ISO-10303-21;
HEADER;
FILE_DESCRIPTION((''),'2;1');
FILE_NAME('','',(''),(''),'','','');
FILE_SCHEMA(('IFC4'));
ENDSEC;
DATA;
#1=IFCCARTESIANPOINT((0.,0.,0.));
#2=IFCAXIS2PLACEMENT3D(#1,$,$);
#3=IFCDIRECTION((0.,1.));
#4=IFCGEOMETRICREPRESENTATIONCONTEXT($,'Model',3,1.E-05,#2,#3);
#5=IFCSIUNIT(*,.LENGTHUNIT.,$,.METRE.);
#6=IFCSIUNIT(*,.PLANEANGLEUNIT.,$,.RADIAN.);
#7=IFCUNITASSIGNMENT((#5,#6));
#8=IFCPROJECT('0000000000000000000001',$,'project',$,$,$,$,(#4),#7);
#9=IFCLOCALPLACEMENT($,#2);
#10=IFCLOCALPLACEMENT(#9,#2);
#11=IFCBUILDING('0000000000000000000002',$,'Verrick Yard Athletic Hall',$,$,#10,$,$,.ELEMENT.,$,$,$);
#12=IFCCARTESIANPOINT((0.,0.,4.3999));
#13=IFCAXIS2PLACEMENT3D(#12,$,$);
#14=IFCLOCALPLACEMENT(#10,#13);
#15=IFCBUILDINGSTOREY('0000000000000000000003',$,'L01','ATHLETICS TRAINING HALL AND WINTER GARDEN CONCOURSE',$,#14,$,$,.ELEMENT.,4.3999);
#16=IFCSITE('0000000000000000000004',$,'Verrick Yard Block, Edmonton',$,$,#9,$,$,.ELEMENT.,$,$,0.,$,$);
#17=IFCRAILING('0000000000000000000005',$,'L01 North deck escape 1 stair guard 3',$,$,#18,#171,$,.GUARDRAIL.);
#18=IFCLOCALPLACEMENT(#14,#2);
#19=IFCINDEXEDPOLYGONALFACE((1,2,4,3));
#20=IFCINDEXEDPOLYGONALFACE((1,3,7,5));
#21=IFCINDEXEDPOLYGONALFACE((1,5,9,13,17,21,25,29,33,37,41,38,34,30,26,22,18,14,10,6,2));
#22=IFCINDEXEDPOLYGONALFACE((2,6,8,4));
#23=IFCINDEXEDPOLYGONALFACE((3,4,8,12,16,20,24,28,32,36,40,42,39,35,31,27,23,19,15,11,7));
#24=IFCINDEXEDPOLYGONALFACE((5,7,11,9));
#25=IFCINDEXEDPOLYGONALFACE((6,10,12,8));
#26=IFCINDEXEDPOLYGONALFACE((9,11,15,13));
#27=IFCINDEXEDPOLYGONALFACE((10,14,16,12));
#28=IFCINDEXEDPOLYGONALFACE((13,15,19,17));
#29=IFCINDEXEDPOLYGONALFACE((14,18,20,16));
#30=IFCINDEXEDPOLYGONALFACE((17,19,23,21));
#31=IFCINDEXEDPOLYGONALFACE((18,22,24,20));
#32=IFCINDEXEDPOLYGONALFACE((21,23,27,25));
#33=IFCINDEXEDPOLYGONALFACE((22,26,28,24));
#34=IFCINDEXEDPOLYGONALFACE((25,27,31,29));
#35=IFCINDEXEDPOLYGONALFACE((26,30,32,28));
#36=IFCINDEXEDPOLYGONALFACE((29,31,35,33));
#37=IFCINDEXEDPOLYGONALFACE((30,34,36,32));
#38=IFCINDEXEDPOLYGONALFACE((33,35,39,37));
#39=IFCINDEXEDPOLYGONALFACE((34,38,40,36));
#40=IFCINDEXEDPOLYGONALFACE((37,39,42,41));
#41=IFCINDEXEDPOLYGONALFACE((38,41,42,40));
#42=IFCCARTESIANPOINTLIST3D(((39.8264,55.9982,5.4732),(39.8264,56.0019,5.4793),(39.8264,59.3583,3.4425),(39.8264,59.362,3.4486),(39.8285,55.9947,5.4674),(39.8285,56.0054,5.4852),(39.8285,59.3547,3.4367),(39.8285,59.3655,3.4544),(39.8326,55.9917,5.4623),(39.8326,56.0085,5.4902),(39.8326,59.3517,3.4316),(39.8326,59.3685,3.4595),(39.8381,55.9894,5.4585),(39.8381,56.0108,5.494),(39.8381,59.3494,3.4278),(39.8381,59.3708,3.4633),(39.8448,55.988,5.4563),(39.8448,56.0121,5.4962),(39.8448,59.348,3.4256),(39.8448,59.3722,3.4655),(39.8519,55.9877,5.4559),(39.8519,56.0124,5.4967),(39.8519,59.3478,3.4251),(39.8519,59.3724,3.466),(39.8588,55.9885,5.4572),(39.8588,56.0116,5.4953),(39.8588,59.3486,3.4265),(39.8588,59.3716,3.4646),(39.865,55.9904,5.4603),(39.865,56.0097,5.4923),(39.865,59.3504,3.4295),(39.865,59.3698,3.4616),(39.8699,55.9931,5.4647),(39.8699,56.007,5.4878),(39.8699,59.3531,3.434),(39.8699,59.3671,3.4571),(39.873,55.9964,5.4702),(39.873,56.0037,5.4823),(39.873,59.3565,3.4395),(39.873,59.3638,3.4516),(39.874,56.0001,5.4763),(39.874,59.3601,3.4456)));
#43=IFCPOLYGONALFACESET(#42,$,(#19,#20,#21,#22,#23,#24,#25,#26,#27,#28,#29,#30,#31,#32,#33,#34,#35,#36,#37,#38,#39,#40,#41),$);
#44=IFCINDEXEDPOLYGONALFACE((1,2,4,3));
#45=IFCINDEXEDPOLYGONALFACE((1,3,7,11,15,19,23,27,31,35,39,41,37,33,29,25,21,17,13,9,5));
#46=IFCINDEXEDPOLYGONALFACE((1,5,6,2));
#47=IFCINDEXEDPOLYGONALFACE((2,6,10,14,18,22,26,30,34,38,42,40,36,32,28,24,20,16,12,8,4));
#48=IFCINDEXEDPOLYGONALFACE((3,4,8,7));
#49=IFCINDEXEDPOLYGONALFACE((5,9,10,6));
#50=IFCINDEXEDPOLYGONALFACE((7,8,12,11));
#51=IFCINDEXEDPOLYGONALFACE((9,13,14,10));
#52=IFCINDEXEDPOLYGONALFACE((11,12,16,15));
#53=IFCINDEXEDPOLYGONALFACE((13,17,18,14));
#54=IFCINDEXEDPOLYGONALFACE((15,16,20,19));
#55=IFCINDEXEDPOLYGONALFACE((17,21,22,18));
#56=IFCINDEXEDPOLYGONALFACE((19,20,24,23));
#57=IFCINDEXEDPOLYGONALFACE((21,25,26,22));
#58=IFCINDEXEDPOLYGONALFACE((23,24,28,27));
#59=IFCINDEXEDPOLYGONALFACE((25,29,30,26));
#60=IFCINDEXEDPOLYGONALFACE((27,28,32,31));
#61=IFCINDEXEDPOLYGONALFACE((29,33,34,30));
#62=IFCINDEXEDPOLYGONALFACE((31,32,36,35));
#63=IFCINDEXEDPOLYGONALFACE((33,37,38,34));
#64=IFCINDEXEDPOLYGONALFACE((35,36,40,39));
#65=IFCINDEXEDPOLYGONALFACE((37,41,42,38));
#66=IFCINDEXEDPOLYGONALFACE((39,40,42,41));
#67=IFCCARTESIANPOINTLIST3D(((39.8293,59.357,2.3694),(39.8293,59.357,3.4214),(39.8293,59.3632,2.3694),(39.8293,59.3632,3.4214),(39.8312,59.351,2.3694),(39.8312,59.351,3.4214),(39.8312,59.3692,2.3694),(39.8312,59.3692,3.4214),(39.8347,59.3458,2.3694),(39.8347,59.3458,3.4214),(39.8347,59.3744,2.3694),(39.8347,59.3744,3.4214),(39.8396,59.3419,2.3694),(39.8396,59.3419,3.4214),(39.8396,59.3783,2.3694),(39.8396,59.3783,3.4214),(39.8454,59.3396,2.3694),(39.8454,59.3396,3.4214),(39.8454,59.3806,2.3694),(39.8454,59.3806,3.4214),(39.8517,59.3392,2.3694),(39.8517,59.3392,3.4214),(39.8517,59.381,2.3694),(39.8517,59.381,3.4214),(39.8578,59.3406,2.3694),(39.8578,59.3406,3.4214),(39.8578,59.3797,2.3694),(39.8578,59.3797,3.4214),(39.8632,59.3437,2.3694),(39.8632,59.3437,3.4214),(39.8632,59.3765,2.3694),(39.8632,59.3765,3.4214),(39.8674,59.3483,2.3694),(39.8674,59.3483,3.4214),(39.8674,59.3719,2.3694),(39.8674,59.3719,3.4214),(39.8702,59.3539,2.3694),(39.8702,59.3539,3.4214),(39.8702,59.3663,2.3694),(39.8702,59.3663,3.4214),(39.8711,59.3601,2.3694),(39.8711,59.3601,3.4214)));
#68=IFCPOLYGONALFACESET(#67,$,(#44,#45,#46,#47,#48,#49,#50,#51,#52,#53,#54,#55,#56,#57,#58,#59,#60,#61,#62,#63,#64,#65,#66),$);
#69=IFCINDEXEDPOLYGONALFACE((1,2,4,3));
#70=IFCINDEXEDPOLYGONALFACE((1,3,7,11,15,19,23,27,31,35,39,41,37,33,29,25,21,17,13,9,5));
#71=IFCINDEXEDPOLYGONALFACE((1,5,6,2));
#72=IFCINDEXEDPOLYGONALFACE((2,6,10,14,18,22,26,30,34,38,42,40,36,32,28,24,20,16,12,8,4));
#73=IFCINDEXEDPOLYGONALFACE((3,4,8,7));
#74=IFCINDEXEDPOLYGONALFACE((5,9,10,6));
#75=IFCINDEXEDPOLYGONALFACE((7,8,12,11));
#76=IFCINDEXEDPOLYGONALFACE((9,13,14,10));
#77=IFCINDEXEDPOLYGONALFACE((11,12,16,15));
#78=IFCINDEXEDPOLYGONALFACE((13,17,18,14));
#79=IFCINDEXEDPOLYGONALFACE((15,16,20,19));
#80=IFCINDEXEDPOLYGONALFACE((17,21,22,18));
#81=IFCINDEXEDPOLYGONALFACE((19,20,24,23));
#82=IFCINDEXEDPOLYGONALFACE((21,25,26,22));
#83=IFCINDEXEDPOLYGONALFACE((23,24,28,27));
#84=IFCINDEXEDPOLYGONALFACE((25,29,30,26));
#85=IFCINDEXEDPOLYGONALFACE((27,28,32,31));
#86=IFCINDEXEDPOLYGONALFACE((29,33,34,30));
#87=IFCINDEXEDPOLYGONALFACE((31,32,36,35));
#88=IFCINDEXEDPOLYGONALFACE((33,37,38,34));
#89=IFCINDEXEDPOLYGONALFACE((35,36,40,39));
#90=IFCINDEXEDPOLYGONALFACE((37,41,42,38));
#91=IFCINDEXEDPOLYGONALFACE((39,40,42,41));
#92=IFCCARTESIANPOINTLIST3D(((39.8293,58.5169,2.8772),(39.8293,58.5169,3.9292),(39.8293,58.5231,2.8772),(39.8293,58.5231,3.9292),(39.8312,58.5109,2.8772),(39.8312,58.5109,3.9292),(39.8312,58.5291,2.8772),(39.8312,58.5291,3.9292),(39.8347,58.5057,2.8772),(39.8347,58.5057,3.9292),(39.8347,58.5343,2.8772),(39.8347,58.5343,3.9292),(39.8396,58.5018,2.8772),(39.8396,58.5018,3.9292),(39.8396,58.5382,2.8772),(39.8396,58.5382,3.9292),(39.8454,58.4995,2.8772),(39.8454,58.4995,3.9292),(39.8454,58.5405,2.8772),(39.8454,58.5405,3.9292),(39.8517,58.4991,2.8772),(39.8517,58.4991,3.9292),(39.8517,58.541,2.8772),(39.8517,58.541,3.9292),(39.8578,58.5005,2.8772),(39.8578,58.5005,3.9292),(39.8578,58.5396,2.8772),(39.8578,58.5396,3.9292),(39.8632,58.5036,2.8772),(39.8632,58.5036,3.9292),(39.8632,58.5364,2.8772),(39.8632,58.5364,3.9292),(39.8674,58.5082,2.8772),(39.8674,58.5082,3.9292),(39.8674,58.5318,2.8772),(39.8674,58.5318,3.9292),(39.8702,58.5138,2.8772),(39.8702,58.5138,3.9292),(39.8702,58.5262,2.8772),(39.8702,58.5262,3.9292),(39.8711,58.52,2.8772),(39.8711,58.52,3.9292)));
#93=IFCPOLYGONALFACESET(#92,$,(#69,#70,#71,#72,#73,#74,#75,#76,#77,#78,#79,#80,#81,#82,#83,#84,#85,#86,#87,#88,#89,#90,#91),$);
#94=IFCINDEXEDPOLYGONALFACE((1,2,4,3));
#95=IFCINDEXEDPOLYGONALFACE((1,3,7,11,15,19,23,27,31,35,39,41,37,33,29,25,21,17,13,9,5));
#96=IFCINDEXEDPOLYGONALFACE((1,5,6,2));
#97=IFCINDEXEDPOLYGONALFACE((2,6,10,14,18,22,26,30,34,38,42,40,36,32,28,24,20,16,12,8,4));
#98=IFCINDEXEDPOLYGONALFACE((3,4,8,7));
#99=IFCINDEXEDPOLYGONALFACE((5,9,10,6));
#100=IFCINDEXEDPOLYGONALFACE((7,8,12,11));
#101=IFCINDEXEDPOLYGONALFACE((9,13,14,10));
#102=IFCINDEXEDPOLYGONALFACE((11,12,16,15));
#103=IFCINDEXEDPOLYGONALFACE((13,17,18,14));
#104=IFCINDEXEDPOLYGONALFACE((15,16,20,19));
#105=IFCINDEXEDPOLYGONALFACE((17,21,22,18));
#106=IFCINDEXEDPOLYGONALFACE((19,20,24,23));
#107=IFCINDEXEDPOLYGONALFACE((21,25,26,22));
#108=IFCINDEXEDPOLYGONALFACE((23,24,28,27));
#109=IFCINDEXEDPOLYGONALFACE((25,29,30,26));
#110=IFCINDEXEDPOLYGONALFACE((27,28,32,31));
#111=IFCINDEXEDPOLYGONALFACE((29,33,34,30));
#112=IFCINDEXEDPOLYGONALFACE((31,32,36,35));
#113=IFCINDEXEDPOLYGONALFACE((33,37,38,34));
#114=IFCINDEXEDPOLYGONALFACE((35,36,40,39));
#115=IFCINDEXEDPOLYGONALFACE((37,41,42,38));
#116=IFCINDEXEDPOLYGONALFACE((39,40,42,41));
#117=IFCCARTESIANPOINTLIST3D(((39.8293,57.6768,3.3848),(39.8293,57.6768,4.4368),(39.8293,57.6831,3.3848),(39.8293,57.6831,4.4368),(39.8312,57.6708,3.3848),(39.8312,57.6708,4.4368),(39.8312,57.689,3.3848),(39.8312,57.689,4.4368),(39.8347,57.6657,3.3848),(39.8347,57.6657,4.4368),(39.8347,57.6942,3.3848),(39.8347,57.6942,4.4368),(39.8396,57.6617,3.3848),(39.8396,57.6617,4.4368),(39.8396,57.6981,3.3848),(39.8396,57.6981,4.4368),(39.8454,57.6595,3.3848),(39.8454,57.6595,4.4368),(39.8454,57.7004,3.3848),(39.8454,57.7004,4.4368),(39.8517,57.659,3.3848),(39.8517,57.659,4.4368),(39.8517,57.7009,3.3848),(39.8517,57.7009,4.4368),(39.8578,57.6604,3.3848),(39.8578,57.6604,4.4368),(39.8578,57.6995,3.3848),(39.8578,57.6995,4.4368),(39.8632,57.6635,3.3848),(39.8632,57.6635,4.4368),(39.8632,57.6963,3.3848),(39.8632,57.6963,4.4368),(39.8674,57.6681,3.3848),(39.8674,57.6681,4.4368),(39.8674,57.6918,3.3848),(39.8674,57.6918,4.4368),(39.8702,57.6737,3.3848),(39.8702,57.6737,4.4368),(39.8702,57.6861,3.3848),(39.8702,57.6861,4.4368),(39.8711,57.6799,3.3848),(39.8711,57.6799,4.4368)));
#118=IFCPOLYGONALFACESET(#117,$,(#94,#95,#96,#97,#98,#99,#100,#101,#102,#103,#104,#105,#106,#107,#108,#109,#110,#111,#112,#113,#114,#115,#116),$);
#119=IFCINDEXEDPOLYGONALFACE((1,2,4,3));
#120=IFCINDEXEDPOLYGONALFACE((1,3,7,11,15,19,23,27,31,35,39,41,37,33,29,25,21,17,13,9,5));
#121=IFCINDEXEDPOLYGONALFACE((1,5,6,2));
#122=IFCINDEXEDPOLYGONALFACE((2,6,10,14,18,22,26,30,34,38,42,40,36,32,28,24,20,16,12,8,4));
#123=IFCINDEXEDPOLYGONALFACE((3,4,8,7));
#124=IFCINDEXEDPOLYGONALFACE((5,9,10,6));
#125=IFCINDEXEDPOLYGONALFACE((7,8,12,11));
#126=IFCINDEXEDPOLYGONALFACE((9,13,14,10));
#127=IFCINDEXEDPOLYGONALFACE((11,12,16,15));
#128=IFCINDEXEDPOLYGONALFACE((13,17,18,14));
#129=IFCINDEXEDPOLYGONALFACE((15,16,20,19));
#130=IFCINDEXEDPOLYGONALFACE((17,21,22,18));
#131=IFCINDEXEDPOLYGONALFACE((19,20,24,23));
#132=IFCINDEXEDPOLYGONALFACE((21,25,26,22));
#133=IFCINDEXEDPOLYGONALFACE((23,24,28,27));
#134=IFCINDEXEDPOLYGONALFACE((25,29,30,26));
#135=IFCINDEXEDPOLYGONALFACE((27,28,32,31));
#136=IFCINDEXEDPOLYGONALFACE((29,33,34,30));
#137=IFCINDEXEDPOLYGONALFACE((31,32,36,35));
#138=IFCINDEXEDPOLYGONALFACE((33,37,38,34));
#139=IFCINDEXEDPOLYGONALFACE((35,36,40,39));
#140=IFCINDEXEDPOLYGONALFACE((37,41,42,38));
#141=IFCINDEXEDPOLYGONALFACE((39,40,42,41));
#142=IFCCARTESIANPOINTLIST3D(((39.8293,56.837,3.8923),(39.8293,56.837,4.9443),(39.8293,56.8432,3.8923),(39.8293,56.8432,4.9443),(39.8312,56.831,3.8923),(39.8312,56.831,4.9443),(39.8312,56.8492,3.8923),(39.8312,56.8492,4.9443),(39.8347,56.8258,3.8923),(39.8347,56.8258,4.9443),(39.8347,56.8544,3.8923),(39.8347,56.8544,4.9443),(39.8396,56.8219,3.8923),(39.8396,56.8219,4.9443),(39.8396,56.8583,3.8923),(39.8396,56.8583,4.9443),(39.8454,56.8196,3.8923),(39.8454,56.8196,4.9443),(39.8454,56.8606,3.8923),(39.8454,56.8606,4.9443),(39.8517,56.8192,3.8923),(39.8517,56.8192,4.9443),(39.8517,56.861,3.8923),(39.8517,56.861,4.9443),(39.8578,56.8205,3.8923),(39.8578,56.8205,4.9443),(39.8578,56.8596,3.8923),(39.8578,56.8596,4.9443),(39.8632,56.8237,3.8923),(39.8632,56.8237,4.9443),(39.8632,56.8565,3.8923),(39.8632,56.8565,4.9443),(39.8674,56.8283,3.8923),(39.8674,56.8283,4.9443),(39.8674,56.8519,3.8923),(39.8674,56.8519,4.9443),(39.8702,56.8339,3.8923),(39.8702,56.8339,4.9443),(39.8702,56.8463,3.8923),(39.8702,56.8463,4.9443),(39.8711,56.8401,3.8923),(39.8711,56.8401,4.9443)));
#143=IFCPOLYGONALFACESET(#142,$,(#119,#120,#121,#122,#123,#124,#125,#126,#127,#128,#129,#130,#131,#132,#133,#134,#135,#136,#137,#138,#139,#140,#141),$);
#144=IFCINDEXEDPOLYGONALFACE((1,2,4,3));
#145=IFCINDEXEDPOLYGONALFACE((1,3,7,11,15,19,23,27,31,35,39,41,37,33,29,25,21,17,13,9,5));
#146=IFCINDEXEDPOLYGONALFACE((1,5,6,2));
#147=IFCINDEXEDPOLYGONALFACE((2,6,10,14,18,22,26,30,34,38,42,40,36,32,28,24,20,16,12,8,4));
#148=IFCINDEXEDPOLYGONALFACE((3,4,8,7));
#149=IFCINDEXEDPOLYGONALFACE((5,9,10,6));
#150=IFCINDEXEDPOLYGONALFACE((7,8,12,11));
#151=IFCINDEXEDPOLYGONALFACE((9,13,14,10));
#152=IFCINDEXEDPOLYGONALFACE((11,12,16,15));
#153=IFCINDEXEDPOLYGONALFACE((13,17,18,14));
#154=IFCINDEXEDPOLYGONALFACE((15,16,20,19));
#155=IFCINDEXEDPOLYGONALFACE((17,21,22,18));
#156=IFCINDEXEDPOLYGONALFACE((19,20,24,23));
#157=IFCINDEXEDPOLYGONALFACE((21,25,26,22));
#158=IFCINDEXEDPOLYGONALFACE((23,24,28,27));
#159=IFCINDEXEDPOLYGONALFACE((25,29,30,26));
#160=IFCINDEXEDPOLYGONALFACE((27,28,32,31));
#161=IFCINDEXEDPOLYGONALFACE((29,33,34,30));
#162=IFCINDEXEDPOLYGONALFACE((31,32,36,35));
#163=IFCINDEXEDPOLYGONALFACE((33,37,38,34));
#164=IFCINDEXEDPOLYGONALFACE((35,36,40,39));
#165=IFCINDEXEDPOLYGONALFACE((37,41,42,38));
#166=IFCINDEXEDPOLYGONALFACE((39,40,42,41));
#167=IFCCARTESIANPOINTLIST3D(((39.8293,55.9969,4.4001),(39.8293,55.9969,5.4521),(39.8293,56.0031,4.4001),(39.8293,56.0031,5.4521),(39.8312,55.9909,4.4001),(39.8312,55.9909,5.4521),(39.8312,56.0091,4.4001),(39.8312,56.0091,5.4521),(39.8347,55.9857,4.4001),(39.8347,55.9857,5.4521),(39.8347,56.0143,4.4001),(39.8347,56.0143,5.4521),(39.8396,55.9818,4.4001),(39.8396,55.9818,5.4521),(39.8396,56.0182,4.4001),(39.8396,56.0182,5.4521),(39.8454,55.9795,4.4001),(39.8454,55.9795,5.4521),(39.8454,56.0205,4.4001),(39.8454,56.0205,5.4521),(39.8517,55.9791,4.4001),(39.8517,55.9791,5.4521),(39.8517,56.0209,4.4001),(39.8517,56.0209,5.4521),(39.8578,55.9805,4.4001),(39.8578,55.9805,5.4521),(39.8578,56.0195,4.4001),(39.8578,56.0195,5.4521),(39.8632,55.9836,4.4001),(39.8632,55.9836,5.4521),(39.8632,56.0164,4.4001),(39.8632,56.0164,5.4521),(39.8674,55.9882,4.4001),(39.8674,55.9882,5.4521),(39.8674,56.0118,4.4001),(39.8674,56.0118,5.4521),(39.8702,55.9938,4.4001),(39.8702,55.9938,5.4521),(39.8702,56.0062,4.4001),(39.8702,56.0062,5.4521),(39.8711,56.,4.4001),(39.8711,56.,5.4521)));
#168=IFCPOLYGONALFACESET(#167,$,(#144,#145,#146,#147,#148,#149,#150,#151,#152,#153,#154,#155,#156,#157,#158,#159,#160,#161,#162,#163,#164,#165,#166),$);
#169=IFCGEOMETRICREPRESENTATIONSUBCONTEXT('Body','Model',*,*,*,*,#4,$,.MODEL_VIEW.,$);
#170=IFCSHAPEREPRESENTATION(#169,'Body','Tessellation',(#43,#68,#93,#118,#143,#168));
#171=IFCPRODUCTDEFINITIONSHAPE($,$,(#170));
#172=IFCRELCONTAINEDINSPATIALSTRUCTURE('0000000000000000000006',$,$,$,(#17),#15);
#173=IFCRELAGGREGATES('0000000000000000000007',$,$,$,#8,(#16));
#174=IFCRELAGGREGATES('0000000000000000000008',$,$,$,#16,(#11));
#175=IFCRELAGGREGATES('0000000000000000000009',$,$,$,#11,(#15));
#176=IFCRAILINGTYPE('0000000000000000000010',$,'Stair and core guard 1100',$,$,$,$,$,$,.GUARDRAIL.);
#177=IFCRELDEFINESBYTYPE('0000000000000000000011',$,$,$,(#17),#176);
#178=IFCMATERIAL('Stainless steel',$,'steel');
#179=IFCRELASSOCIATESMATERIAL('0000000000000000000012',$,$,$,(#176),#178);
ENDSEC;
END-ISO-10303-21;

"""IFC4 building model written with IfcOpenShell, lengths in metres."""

from ifc_helpers import new_model, si_unit, direction, frame, origin, origin_2d, place, context, subcontext, project, spatial, circle, extrude, material, type_object, element, save


model = new_model("IFC4")

# Units and contexts
model_context = context("Model", 3, precision=1e-05, world=origin(), true_north=direction((0.0, 1.0)))
body_context = subcontext(model_context, "Body", "Model", "MODEL_VIEW")
ifc_project = project(units=[si_unit("LENGTHUNIT", "METRE"), si_unit("PLANEANGLEUNIT", "RADIAN")], contexts=[model_context])

# Site, building, storey
site_placement = place(None, origin())
site = spatial("IfcSite", under=ifc_project, at=site_placement, Name="Verrick Yard Block, Edmonton", CompositionType="ELEMENT", RefElevation=0.0)
building_placement = place(site_placement, origin())
building = spatial("IfcBuilding", under=site, at=building_placement, Name="Verrick Yard Athletic Hall", CompositionType="ELEMENT")
storey_placement = place(building_placement, frame((0.0, 0.0, 4.3999)))
storey = spatial("IfcBuildingStorey", under=building, at=storey_placement, Name="L01", Description="ATHLETICS TRAINING HALL AND WINTER GARDEN CONCOURSE", CompositionType="ELEMENT", Elevation=4.3999)

# Railing
ifc_material_1 = material(Name="Stainless steel", Category="steel")
railing_type_1 = type_object("IfcRailingType", Name="Stair and core guard 1100", PredefinedType="GUARDRAIL", material=ifc_material_1)
railing_1_placement = place(storey_placement, frame((39.8501, 59.3601, 2.3694)))
element("IfcRailing", 1, at=railing_1_placement, inside=storey, type_object=railing_type_1, Name="L01 North deck escape 1 stair guard 3", PredefinedType="GUARDRAIL", context=body_context, shape_type="SweptSolid", body=[
    extrude(circle(Radius=0.0239, at=origin_2d()), frame((0.0, 0.0, 1.0762), z_axis=(0.0, -0.855837, 0.517246), x_axis=(1.0, 0.0, 0.0)), (0.0, 0.0, 1.0), 3.926),
    extrude(circle(Radius=0.021, at=origin_2d()), origin(), (0.0, 0.0, 1.0), 1.052),
    extrude(circle(Radius=0.021, at=origin_2d()), frame((0.0, -0.8401, 0.5078)), (0.0, 0.0, 1.0), 1.052),
    extrude(circle(Radius=0.021, at=origin_2d()), frame((0.0, -1.6802, 1.0154)), (0.0, 0.0, 1.0), 1.052),
    extrude(circle(Radius=0.021, at=origin_2d()), frame((0.0, -2.52, 1.5229)), (0.0, 0.0, 1.0), 1.052),
    extrude(circle(Radius=0.021, at=origin_2d()), frame((0.0, -3.3601, 2.0308)), (0.0, 0.0, 1.0), 1.052),
])

save(model, "model.ifc")
